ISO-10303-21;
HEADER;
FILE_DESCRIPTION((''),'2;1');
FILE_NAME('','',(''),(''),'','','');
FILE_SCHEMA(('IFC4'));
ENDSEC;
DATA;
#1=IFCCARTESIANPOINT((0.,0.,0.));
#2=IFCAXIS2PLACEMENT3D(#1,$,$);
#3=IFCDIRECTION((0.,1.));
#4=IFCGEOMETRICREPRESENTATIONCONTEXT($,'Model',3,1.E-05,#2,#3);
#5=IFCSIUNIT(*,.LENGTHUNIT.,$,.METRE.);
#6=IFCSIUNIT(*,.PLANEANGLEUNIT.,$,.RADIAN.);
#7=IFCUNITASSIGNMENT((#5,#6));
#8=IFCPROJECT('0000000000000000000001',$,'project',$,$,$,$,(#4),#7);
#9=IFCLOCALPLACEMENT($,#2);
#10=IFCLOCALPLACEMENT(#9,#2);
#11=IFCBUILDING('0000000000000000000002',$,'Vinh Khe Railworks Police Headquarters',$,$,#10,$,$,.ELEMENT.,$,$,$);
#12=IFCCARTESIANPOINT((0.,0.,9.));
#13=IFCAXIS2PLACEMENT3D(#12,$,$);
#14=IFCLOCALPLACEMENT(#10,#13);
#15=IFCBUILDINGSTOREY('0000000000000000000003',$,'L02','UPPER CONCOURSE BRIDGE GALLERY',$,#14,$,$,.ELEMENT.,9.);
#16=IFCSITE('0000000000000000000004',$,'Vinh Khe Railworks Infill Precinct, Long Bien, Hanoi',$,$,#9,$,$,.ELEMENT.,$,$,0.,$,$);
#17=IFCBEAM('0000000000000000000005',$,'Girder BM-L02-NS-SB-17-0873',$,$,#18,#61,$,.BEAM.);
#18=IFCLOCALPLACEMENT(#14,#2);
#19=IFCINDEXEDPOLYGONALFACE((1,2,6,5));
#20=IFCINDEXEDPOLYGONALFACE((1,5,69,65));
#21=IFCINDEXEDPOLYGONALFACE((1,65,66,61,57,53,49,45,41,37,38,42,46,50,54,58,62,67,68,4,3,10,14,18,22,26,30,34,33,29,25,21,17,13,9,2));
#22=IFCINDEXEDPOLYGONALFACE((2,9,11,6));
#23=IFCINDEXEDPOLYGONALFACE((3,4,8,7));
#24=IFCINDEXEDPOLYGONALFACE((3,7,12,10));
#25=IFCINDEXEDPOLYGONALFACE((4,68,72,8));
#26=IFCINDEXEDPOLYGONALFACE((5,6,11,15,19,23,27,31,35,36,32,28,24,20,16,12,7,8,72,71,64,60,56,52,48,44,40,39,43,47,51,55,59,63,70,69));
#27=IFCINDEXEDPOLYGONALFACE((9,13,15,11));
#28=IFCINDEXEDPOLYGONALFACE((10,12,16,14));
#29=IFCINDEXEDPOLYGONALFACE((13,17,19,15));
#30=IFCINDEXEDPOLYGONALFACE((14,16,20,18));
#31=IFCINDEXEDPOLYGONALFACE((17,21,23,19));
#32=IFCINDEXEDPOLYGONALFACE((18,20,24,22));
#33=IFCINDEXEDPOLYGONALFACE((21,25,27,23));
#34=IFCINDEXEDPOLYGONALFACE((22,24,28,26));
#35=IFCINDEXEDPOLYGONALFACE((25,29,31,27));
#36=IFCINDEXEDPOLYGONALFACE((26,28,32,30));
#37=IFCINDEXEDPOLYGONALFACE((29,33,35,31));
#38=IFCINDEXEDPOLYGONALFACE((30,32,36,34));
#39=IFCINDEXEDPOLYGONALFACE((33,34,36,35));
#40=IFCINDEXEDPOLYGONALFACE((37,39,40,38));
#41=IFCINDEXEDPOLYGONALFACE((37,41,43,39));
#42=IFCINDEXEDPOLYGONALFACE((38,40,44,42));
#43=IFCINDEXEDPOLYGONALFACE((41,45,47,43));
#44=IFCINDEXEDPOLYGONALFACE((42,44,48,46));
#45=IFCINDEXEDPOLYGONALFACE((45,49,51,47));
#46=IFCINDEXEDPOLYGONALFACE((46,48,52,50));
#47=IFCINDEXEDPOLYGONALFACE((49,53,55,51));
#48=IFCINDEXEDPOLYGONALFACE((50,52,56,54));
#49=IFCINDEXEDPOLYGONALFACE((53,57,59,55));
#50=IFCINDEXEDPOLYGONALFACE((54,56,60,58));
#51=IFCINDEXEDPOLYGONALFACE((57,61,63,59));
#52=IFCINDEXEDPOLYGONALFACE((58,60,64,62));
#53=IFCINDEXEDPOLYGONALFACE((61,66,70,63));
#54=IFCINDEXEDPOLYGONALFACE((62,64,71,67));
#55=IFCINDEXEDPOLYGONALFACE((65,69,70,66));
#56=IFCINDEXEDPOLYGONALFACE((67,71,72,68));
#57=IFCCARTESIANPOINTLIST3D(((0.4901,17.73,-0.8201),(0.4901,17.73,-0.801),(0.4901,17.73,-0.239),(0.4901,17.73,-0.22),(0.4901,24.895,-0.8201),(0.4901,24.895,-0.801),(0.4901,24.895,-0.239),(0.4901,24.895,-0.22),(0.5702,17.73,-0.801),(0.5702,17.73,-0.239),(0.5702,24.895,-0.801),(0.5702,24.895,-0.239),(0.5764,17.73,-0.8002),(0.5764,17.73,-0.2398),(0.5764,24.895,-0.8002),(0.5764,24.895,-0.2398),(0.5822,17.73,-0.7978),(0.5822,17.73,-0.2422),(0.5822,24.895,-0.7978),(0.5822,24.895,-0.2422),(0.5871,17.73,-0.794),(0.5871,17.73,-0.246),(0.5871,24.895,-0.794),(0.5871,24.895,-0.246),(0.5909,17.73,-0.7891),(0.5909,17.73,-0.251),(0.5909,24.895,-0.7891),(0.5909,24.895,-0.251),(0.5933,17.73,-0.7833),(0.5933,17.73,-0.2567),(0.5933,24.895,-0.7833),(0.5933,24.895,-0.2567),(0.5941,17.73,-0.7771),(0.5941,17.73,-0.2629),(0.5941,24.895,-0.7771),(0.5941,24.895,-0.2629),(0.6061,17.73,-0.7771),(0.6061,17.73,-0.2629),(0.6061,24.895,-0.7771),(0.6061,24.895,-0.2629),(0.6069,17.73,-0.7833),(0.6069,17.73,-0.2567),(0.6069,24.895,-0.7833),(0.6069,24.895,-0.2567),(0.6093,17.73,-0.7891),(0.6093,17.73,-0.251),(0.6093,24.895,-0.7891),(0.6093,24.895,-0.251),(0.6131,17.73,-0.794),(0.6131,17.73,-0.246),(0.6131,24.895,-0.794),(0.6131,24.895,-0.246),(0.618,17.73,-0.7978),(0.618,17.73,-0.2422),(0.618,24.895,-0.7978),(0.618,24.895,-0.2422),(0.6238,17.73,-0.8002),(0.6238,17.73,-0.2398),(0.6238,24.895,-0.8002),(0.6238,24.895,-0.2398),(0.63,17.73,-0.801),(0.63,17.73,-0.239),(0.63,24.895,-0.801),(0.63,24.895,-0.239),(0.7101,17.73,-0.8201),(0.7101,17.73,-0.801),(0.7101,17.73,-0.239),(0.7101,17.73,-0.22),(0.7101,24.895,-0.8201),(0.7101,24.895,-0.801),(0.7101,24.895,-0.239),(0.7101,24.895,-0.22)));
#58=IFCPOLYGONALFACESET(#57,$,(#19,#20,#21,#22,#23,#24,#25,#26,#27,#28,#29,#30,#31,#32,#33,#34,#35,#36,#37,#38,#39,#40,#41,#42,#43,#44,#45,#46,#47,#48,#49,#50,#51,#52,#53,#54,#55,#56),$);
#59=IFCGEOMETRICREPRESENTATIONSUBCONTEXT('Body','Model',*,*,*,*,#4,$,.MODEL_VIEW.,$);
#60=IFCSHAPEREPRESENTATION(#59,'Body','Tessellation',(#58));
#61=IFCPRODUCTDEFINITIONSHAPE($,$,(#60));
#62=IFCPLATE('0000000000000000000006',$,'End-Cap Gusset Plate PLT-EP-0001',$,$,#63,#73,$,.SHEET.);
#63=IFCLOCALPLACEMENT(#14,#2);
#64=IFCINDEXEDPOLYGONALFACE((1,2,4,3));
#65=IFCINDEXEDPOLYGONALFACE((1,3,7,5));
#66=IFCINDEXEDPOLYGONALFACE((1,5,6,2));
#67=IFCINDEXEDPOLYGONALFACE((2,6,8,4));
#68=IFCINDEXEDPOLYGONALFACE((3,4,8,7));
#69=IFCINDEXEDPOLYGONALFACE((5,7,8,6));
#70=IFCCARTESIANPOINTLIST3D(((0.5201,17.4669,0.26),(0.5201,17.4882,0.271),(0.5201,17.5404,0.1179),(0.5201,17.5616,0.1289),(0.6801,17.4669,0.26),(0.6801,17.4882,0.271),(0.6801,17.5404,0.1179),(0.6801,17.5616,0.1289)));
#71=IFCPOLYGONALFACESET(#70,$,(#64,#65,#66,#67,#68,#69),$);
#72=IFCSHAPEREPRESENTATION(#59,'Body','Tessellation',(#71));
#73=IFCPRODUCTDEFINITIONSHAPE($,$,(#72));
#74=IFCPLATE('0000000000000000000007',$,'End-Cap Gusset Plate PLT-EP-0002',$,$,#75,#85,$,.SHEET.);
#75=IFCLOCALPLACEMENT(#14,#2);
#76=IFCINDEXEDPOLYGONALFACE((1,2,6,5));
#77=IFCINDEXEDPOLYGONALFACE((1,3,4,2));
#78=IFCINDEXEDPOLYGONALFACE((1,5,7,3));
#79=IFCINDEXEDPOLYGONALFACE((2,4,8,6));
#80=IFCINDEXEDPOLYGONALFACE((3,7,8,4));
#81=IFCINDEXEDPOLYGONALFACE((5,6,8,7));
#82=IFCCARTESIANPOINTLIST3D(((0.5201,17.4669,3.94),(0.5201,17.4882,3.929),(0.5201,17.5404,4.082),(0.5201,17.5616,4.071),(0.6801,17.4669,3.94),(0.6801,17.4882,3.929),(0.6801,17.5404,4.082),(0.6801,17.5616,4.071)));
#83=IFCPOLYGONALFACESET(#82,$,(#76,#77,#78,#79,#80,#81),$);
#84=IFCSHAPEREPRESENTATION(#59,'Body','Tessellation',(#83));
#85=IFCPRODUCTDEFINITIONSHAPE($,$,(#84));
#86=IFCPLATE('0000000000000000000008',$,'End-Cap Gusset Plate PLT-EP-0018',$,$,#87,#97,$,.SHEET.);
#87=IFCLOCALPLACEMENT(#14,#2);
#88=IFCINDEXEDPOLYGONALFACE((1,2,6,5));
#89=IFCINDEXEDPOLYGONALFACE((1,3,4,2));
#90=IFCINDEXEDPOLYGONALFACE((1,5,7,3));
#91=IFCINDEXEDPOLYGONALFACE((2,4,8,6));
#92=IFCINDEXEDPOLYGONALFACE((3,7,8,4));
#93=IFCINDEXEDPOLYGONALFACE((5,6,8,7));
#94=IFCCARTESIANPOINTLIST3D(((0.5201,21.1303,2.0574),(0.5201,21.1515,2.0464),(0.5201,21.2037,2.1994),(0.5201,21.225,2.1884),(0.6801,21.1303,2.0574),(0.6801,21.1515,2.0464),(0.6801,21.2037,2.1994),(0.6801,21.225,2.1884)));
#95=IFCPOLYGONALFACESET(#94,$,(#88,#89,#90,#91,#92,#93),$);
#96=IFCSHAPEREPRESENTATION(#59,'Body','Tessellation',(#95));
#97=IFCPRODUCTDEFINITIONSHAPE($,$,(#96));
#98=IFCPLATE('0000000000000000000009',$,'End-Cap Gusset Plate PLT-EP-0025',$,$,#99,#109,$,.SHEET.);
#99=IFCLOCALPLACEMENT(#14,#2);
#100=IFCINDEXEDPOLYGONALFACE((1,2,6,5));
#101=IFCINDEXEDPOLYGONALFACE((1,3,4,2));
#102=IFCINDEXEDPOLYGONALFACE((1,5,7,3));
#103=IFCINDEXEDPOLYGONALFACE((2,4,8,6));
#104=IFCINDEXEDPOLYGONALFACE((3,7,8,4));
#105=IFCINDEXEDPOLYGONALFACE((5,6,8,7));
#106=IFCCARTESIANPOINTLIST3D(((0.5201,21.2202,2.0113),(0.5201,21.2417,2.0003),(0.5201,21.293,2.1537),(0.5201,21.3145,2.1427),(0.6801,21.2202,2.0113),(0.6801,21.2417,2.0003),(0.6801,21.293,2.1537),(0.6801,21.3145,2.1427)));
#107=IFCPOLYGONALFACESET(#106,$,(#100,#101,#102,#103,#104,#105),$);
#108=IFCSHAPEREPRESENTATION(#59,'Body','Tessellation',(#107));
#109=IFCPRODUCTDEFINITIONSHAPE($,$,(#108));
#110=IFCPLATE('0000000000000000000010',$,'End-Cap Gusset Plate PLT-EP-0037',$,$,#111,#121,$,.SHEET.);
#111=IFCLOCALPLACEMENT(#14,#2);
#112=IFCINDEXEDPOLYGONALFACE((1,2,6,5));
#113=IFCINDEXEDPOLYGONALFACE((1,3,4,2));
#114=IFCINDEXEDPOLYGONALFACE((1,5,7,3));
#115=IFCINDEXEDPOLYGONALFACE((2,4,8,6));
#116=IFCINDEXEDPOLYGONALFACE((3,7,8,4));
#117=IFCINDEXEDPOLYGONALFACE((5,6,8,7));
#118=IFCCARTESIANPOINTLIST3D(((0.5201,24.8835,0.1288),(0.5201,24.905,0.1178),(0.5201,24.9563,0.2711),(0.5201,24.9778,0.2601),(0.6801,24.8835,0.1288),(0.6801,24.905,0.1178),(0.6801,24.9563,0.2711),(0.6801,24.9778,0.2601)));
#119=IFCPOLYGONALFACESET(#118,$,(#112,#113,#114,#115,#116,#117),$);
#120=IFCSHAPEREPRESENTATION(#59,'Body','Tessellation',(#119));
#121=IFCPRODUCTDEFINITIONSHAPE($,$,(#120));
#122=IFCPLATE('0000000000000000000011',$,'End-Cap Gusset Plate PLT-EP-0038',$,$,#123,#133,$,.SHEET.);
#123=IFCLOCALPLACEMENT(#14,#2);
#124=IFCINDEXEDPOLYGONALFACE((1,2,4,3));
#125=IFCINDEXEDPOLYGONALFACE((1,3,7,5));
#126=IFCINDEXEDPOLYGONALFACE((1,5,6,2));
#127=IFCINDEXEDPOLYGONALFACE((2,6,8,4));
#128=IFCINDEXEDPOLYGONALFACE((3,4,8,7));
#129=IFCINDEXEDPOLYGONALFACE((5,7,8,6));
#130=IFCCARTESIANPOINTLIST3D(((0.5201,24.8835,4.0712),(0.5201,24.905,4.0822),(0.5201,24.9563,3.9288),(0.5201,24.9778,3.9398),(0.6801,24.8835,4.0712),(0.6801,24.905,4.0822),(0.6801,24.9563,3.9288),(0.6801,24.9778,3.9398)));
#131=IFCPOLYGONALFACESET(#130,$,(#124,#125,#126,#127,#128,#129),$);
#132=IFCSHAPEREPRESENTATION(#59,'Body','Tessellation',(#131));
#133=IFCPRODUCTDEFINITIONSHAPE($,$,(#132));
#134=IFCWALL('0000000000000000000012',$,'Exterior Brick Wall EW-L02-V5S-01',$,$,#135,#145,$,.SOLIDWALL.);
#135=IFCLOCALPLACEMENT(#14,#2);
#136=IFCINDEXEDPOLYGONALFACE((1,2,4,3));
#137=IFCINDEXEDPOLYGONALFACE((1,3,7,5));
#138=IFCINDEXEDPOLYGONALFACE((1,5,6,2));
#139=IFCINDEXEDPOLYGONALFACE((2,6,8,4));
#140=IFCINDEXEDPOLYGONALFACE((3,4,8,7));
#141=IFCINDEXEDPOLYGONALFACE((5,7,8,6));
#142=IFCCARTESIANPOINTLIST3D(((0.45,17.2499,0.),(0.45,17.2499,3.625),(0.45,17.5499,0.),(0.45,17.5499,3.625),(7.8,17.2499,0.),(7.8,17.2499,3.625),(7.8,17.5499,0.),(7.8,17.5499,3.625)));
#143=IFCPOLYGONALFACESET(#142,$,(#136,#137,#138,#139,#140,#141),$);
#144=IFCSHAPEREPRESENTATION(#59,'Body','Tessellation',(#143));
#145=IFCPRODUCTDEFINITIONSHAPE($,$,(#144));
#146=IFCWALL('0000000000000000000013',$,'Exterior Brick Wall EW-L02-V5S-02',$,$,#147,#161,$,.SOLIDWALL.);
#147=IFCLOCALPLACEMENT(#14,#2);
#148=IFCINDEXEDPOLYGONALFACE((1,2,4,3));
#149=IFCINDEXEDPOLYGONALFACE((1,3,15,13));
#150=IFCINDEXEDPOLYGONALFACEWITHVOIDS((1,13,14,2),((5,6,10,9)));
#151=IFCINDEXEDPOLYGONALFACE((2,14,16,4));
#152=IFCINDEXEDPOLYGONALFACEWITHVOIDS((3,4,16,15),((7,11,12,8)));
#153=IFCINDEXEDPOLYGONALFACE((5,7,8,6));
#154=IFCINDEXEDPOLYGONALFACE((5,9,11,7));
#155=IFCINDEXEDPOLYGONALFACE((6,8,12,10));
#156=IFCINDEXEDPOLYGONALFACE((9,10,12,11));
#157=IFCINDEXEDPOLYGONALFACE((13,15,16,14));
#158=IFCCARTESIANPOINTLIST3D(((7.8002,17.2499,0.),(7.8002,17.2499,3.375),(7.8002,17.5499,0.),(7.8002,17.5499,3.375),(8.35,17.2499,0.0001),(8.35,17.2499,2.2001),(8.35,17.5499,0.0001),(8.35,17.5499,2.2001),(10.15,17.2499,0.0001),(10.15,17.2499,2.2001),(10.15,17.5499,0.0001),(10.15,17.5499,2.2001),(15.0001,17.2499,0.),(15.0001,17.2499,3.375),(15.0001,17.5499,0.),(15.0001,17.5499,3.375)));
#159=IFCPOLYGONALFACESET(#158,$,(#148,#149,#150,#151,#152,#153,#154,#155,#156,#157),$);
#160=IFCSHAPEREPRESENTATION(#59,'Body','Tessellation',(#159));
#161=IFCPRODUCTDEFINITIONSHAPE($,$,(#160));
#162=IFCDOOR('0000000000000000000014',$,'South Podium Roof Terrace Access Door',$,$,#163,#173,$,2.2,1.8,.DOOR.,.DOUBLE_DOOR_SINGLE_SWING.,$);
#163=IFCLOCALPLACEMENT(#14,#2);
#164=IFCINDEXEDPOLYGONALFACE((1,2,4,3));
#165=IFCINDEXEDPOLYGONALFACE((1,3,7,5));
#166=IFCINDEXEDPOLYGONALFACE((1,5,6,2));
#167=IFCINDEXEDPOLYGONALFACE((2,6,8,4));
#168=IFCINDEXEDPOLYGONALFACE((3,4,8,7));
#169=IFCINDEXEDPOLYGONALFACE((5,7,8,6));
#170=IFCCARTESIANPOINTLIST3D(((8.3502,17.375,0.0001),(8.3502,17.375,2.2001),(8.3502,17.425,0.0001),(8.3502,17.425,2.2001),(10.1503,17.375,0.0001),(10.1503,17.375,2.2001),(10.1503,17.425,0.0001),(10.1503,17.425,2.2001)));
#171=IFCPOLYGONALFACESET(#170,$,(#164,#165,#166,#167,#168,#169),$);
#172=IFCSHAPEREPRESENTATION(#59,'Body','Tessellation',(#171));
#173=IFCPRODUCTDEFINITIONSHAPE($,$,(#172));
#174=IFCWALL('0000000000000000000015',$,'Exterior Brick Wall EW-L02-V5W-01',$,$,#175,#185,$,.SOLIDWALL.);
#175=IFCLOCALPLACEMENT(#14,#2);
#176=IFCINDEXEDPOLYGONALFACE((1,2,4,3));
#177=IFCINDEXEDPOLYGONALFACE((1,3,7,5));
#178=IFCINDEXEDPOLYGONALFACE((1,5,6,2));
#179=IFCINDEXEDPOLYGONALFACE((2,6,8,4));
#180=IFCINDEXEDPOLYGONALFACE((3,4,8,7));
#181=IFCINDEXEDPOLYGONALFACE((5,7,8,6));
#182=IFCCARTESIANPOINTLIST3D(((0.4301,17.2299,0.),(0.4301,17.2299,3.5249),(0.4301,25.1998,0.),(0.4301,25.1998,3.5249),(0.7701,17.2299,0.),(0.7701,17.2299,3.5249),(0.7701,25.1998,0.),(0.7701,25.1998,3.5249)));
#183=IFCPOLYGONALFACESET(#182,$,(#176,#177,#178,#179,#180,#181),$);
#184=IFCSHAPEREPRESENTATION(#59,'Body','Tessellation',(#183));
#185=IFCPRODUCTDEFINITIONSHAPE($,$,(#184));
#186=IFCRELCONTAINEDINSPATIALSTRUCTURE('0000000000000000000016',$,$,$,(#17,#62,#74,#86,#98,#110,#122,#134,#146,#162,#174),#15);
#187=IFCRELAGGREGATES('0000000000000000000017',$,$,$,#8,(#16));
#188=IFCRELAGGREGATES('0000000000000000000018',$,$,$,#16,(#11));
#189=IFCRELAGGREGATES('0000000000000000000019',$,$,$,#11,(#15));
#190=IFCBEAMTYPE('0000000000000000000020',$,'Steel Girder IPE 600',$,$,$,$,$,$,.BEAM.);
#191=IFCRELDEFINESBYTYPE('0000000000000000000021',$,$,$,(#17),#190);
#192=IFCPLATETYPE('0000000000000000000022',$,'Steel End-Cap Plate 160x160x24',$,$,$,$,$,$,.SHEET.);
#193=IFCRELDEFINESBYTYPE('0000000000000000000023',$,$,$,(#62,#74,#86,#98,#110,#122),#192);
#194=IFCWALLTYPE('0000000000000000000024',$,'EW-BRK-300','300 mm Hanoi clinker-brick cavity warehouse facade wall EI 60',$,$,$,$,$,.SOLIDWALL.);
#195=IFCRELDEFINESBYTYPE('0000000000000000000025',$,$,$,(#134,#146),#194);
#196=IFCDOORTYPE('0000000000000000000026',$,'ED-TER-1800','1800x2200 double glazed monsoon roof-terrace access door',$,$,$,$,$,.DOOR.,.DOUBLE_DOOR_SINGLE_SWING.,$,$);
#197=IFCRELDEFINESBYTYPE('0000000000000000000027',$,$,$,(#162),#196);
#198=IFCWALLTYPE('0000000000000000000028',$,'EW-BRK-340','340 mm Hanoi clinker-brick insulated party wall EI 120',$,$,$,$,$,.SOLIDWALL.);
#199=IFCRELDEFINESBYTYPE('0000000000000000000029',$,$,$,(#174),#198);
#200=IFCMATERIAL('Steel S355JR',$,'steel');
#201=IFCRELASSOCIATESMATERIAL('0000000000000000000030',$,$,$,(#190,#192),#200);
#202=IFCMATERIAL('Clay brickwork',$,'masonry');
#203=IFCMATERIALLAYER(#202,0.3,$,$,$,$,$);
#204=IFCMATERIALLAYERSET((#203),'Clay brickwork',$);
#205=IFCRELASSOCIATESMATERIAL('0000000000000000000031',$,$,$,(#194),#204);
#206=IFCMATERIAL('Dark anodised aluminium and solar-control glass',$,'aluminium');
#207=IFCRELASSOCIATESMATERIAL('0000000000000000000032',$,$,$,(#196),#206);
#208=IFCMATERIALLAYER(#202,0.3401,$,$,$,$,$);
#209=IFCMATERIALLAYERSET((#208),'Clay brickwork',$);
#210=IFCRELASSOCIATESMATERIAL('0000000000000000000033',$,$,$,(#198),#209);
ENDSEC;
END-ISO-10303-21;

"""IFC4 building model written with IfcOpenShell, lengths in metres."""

from ifc_helpers import new_model, si_unit, direction, frame, frame_2d, origin, origin_2d, place, context, subcontext, project, spatial, rectangle, i_section, extrude, material, layer, layer_set, material_profile, profile_set, type_object, element, fill, save


model = new_model("IFC4")

# Units and contexts
model_context = context("Model", 3, precision=1e-05, world=origin(), true_north=direction((0.0, 1.0)))
body_context = subcontext(model_context, "Body", "Model", "MODEL_VIEW")
ifc_project = project(units=[si_unit("LENGTHUNIT", "METRE"), si_unit("PLANEANGLEUNIT", "RADIAN")], contexts=[model_context])

# Site, building, storey
site_placement = place(None, origin())
site = spatial("IfcSite", under=ifc_project, at=site_placement, Name="Vinh Khe Railworks Infill Precinct, Long Bien, Hanoi", CompositionType="ELEMENT", RefElevation=0.0)
building_placement = place(site_placement, origin())
building = spatial("IfcBuilding", under=site, at=building_placement, Name="Vinh Khe Railworks Police Headquarters", CompositionType="ELEMENT")
storey_placement = place(building_placement, frame((0.0, 0.0, 9.0)))
storey = spatial("IfcBuildingStorey", under=building, at=storey_placement, Name="L02", Description="UPPER CONCOURSE BRIDGE GALLERY", CompositionType="ELEMENT", Elevation=9.0)

# Shared definitions
ifc_material_1 = material(Name="Steel S355JR", Category="steel")

# Beam
ifc_material_profile_1 = material_profile(ifc_material_1, i_section(OverallWidth=0.22, OverallDepth=0.6001, WebThickness=0.012, FlangeThickness=0.019, FilletRadius=0.0239, at=origin_2d()), Name="IPE 600")
ifc_profile_set_1 = profile_set([ifc_material_profile_1], Name="Steel S355JR")
beam_type_1 = type_object("IfcBeamType", Name="Steel Girder IPE 600", PredefinedType="BEAM", material=ifc_profile_set_1)
beam_1_placement = place(storey_placement, frame((0.6001, 17.73, -0.52), z_axis=(0.0, 1.0, 0.0), x_axis=(-1.0, 0.0, 0.0)))
element("IfcBeam", 1, at=beam_1_placement, inside=storey, type_object=beam_type_1, Name="Girder BM-L02-NS-SB-17-0873", PredefinedType="BEAM", context=body_context, shape_type="SweptSolid", body=[
    extrude(i_section(OverallWidth=0.22, OverallDepth=0.6001, WebThickness=0.012, FlangeThickness=0.019, FilletRadius=0.0239, at=origin_2d()), origin(), (0.0, 0.0, 1.0), 7.165),
])

# Plates
ifc_material_profile_2 = material_profile(ifc_material_1, rectangle(XDim=0.1599, YDim=0.1599, at=origin_2d()), Name="PL 160x160")
ifc_profile_set_2 = profile_set([ifc_material_profile_2], Name="Steel S355JR")
plate_type = type_object("IfcPlateType", Name="Steel End-Cap Plate 160x160x24", PredefinedType="SHEET", material=ifc_profile_set_2)
for number, where, z_axis, x_axis, name in (
    (2, (0.6001, 17.5249, 0.2), (0.0, -0.888218, -0.459423), (1.0, 0.0, 0.0), "End-Cap Gusset Plate PLT-EP-0001"),
    (3, (0.6001, 17.5249, 4.0), (0.0, -0.888218, 0.459423), (1.0, 0.0, 0.0), "End-Cap Gusset Plate PLT-EP-0002"),
    (4, (0.6001, 21.167, 2.1284), (0.0, 0.888218, -0.459423), (-1.0, 0.0, 0.0), "End-Cap Gusset Plate PLT-EP-0018"),
):
    element("IfcPlate", number, at=place(storey_placement, frame(where, z_axis=z_axis, x_axis=x_axis)), inside=storey, type_object=plate_type, Name=name, PredefinedType="SHEET", context=body_context, shape_type="SweptSolid", body=[
        extrude(rectangle(XDim=0.1599, YDim=0.1599, at=origin_2d()), origin(), (0.0, 0.0, 1.0), 0.0239),
    ])
for number, where, z_axis, x_axis, name in (
    (5, (0.6001, 21.2781, 2.0715), (0.0, -0.890344, 0.455289), (1.0, 0.0, 0.0), "End-Cap Gusset Plate PLT-EP-0025"),
    (6, (0.6001, 24.9199, 0.2), (0.0, 0.890344, -0.455289), (-1.0, 0.0, 0.0), "End-Cap Gusset Plate PLT-EP-0037"),
    (7, (0.6001, 24.9199, 4.0), (0.0, 0.890344, 0.455289), (-1.0, 0.0, 0.0), "End-Cap Gusset Plate PLT-EP-0038"),
):
    element("IfcPlate", number, at=place(storey_placement, frame(where, z_axis=z_axis, x_axis=x_axis)), inside=storey, type_object=plate_type, Name=name, PredefinedType="SHEET", context=body_context, shape_type="SweptSolid", body=[
        extrude(rectangle(XDim=0.1599, YDim=0.1599, at=origin_2d()), origin(), (0.0, 0.0, 1.0), 0.0242),
    ])

# Wall
ifc_material_2 = material(Name="Clay brickwork", Category="masonry")
ifc_layer_1 = layer(ifc_material_2, 0.3)
ifc_layer_set_1 = layer_set([ifc_layer_1], Name="Clay brickwork")
wall_type_1 = type_object("IfcWallType", Name="EW-BRK-300", Description="300 mm Hanoi clinker-brick cavity warehouse facade wall EI 60", PredefinedType="SOLIDWALL", material=ifc_layer_set_1)
wall_1_placement = place(storey_placement, frame((0.45, 17.3999, 0.0), z_axis=(0.0, 0.0, 1.0), x_axis=(1.0, 0.0, 0.0)))
element("IfcWall", 8, at=wall_1_placement, inside=storey, type_object=wall_type_1, Name="Exterior Brick Wall EW-L02-V5S-01", PredefinedType="SOLIDWALL", context=body_context, shape_type="SweptSolid", body=[
    extrude(rectangle(XDim=7.3501, YDim=0.3, at=frame_2d((3.675, 0.0))), origin(), (0.0, 0.0, 1.0), 3.625),
])

# Wall, opening, door
wall_2_placement = place(storey_placement, frame((7.8, 17.3999, 0.0), z_axis=(0.0, 0.0, 1.0), x_axis=(1.0, 0.0, 0.0)))
wall_2 = element("IfcWall", 9, at=wall_2_placement, inside=storey, type_object=wall_type_1, Name="Exterior Brick Wall EW-L02-V5S-02", PredefinedType="SOLIDWALL", context=body_context, shape_type="SweptSolid", body=[
    extrude(rectangle(XDim=7.2, YDim=0.3, at=frame_2d((3.6001, 0.0))), origin(), (0.0, 0.0, 1.0), 3.375),
])
opening_1_placement = place(wall_2_placement, frame((0.55, 0.0, 0.0)))
opening_1 = element("IfcOpeningElement", 10, at=opening_1_placement, cuts=wall_2, PredefinedType="OPENING", context=body_context, shape_type="SweptSolid", body=[
    extrude(rectangle(XDim=1.8, YDim=2.2, at=frame_2d((0.8999, 1.1001))), frame((0.0, 0.165, 0.0), z_axis=(0.0, -1.0, 0.0), x_axis=(1.0, 0.0, 0.0)), (0.0, 0.0, 1.0), 0.3298),
])
ifc_material_3 = material(Name="Dark anodised aluminium and solar-control glass", Category="aluminium")
door_type_1 = type_object("IfcDoorType", Name="ED-TER-1800", Description="1800x2200 double glazed monsoon roof-terrace access door", OperationType="DOUBLE_DOOR_SINGLE_SWING", PredefinedType="DOOR", material=ifc_material_3)
door_1_placement = place(opening_1_placement, frame((1.8, 0.0, 0.0), z_axis=(0.0, 0.0, 1.0), x_axis=(-1.0, 0.0, 0.0)))
door_1 = element("IfcDoor", 11, at=door_1_placement, inside=storey, type_object=door_type_1, Name="South Podium Roof Terrace Access Door", OperationType="DOUBLE_DOOR_SINGLE_SWING", OverallHeight=2.2, OverallWidth=1.8, PredefinedType="DOOR", context=body_context, shape_type="SweptSolid", body=[
    extrude(rectangle(XDim=1.8, YDim=2.2, at=frame_2d((0.8999, 1.1001))), frame((0.0, 0.0249, 0.0), z_axis=(0.0, -1.0, 0.0), x_axis=(1.0, 0.0, 0.0)), (0.0, 0.0, 1.0), 0.05),
])
fill(opening_1, door_1)

# Wall
ifc_layer_2 = layer(ifc_material_2, 0.3401)
ifc_layer_set_2 = layer_set([ifc_layer_2], Name="Clay brickwork")
wall_type_2 = type_object("IfcWallType", Name="EW-BRK-340", Description="340 mm Hanoi clinker-brick insulated party wall EI 120", PredefinedType="SOLIDWALL", material=ifc_layer_set_2)
wall_3_placement = place(storey_placement, frame((0.6001, 17.23, 0.0), z_axis=(0.0, 0.0, 1.0), x_axis=(0.0, 1.0, 0.0)))
element("IfcWall", 12, at=wall_3_placement, inside=storey, type_object=wall_type_2, Name="Exterior Brick Wall EW-L02-V5W-01", PredefinedType="SOLIDWALL", context=body_context, shape_type="SweptSolid", body=[
    extrude(rectangle(XDim=7.97, YDim=0.3401, at=frame_2d((3.9849, 0.0))), origin(), (0.0, 0.0, 1.0), 3.5249),
])

save(model, "model.ifc")
